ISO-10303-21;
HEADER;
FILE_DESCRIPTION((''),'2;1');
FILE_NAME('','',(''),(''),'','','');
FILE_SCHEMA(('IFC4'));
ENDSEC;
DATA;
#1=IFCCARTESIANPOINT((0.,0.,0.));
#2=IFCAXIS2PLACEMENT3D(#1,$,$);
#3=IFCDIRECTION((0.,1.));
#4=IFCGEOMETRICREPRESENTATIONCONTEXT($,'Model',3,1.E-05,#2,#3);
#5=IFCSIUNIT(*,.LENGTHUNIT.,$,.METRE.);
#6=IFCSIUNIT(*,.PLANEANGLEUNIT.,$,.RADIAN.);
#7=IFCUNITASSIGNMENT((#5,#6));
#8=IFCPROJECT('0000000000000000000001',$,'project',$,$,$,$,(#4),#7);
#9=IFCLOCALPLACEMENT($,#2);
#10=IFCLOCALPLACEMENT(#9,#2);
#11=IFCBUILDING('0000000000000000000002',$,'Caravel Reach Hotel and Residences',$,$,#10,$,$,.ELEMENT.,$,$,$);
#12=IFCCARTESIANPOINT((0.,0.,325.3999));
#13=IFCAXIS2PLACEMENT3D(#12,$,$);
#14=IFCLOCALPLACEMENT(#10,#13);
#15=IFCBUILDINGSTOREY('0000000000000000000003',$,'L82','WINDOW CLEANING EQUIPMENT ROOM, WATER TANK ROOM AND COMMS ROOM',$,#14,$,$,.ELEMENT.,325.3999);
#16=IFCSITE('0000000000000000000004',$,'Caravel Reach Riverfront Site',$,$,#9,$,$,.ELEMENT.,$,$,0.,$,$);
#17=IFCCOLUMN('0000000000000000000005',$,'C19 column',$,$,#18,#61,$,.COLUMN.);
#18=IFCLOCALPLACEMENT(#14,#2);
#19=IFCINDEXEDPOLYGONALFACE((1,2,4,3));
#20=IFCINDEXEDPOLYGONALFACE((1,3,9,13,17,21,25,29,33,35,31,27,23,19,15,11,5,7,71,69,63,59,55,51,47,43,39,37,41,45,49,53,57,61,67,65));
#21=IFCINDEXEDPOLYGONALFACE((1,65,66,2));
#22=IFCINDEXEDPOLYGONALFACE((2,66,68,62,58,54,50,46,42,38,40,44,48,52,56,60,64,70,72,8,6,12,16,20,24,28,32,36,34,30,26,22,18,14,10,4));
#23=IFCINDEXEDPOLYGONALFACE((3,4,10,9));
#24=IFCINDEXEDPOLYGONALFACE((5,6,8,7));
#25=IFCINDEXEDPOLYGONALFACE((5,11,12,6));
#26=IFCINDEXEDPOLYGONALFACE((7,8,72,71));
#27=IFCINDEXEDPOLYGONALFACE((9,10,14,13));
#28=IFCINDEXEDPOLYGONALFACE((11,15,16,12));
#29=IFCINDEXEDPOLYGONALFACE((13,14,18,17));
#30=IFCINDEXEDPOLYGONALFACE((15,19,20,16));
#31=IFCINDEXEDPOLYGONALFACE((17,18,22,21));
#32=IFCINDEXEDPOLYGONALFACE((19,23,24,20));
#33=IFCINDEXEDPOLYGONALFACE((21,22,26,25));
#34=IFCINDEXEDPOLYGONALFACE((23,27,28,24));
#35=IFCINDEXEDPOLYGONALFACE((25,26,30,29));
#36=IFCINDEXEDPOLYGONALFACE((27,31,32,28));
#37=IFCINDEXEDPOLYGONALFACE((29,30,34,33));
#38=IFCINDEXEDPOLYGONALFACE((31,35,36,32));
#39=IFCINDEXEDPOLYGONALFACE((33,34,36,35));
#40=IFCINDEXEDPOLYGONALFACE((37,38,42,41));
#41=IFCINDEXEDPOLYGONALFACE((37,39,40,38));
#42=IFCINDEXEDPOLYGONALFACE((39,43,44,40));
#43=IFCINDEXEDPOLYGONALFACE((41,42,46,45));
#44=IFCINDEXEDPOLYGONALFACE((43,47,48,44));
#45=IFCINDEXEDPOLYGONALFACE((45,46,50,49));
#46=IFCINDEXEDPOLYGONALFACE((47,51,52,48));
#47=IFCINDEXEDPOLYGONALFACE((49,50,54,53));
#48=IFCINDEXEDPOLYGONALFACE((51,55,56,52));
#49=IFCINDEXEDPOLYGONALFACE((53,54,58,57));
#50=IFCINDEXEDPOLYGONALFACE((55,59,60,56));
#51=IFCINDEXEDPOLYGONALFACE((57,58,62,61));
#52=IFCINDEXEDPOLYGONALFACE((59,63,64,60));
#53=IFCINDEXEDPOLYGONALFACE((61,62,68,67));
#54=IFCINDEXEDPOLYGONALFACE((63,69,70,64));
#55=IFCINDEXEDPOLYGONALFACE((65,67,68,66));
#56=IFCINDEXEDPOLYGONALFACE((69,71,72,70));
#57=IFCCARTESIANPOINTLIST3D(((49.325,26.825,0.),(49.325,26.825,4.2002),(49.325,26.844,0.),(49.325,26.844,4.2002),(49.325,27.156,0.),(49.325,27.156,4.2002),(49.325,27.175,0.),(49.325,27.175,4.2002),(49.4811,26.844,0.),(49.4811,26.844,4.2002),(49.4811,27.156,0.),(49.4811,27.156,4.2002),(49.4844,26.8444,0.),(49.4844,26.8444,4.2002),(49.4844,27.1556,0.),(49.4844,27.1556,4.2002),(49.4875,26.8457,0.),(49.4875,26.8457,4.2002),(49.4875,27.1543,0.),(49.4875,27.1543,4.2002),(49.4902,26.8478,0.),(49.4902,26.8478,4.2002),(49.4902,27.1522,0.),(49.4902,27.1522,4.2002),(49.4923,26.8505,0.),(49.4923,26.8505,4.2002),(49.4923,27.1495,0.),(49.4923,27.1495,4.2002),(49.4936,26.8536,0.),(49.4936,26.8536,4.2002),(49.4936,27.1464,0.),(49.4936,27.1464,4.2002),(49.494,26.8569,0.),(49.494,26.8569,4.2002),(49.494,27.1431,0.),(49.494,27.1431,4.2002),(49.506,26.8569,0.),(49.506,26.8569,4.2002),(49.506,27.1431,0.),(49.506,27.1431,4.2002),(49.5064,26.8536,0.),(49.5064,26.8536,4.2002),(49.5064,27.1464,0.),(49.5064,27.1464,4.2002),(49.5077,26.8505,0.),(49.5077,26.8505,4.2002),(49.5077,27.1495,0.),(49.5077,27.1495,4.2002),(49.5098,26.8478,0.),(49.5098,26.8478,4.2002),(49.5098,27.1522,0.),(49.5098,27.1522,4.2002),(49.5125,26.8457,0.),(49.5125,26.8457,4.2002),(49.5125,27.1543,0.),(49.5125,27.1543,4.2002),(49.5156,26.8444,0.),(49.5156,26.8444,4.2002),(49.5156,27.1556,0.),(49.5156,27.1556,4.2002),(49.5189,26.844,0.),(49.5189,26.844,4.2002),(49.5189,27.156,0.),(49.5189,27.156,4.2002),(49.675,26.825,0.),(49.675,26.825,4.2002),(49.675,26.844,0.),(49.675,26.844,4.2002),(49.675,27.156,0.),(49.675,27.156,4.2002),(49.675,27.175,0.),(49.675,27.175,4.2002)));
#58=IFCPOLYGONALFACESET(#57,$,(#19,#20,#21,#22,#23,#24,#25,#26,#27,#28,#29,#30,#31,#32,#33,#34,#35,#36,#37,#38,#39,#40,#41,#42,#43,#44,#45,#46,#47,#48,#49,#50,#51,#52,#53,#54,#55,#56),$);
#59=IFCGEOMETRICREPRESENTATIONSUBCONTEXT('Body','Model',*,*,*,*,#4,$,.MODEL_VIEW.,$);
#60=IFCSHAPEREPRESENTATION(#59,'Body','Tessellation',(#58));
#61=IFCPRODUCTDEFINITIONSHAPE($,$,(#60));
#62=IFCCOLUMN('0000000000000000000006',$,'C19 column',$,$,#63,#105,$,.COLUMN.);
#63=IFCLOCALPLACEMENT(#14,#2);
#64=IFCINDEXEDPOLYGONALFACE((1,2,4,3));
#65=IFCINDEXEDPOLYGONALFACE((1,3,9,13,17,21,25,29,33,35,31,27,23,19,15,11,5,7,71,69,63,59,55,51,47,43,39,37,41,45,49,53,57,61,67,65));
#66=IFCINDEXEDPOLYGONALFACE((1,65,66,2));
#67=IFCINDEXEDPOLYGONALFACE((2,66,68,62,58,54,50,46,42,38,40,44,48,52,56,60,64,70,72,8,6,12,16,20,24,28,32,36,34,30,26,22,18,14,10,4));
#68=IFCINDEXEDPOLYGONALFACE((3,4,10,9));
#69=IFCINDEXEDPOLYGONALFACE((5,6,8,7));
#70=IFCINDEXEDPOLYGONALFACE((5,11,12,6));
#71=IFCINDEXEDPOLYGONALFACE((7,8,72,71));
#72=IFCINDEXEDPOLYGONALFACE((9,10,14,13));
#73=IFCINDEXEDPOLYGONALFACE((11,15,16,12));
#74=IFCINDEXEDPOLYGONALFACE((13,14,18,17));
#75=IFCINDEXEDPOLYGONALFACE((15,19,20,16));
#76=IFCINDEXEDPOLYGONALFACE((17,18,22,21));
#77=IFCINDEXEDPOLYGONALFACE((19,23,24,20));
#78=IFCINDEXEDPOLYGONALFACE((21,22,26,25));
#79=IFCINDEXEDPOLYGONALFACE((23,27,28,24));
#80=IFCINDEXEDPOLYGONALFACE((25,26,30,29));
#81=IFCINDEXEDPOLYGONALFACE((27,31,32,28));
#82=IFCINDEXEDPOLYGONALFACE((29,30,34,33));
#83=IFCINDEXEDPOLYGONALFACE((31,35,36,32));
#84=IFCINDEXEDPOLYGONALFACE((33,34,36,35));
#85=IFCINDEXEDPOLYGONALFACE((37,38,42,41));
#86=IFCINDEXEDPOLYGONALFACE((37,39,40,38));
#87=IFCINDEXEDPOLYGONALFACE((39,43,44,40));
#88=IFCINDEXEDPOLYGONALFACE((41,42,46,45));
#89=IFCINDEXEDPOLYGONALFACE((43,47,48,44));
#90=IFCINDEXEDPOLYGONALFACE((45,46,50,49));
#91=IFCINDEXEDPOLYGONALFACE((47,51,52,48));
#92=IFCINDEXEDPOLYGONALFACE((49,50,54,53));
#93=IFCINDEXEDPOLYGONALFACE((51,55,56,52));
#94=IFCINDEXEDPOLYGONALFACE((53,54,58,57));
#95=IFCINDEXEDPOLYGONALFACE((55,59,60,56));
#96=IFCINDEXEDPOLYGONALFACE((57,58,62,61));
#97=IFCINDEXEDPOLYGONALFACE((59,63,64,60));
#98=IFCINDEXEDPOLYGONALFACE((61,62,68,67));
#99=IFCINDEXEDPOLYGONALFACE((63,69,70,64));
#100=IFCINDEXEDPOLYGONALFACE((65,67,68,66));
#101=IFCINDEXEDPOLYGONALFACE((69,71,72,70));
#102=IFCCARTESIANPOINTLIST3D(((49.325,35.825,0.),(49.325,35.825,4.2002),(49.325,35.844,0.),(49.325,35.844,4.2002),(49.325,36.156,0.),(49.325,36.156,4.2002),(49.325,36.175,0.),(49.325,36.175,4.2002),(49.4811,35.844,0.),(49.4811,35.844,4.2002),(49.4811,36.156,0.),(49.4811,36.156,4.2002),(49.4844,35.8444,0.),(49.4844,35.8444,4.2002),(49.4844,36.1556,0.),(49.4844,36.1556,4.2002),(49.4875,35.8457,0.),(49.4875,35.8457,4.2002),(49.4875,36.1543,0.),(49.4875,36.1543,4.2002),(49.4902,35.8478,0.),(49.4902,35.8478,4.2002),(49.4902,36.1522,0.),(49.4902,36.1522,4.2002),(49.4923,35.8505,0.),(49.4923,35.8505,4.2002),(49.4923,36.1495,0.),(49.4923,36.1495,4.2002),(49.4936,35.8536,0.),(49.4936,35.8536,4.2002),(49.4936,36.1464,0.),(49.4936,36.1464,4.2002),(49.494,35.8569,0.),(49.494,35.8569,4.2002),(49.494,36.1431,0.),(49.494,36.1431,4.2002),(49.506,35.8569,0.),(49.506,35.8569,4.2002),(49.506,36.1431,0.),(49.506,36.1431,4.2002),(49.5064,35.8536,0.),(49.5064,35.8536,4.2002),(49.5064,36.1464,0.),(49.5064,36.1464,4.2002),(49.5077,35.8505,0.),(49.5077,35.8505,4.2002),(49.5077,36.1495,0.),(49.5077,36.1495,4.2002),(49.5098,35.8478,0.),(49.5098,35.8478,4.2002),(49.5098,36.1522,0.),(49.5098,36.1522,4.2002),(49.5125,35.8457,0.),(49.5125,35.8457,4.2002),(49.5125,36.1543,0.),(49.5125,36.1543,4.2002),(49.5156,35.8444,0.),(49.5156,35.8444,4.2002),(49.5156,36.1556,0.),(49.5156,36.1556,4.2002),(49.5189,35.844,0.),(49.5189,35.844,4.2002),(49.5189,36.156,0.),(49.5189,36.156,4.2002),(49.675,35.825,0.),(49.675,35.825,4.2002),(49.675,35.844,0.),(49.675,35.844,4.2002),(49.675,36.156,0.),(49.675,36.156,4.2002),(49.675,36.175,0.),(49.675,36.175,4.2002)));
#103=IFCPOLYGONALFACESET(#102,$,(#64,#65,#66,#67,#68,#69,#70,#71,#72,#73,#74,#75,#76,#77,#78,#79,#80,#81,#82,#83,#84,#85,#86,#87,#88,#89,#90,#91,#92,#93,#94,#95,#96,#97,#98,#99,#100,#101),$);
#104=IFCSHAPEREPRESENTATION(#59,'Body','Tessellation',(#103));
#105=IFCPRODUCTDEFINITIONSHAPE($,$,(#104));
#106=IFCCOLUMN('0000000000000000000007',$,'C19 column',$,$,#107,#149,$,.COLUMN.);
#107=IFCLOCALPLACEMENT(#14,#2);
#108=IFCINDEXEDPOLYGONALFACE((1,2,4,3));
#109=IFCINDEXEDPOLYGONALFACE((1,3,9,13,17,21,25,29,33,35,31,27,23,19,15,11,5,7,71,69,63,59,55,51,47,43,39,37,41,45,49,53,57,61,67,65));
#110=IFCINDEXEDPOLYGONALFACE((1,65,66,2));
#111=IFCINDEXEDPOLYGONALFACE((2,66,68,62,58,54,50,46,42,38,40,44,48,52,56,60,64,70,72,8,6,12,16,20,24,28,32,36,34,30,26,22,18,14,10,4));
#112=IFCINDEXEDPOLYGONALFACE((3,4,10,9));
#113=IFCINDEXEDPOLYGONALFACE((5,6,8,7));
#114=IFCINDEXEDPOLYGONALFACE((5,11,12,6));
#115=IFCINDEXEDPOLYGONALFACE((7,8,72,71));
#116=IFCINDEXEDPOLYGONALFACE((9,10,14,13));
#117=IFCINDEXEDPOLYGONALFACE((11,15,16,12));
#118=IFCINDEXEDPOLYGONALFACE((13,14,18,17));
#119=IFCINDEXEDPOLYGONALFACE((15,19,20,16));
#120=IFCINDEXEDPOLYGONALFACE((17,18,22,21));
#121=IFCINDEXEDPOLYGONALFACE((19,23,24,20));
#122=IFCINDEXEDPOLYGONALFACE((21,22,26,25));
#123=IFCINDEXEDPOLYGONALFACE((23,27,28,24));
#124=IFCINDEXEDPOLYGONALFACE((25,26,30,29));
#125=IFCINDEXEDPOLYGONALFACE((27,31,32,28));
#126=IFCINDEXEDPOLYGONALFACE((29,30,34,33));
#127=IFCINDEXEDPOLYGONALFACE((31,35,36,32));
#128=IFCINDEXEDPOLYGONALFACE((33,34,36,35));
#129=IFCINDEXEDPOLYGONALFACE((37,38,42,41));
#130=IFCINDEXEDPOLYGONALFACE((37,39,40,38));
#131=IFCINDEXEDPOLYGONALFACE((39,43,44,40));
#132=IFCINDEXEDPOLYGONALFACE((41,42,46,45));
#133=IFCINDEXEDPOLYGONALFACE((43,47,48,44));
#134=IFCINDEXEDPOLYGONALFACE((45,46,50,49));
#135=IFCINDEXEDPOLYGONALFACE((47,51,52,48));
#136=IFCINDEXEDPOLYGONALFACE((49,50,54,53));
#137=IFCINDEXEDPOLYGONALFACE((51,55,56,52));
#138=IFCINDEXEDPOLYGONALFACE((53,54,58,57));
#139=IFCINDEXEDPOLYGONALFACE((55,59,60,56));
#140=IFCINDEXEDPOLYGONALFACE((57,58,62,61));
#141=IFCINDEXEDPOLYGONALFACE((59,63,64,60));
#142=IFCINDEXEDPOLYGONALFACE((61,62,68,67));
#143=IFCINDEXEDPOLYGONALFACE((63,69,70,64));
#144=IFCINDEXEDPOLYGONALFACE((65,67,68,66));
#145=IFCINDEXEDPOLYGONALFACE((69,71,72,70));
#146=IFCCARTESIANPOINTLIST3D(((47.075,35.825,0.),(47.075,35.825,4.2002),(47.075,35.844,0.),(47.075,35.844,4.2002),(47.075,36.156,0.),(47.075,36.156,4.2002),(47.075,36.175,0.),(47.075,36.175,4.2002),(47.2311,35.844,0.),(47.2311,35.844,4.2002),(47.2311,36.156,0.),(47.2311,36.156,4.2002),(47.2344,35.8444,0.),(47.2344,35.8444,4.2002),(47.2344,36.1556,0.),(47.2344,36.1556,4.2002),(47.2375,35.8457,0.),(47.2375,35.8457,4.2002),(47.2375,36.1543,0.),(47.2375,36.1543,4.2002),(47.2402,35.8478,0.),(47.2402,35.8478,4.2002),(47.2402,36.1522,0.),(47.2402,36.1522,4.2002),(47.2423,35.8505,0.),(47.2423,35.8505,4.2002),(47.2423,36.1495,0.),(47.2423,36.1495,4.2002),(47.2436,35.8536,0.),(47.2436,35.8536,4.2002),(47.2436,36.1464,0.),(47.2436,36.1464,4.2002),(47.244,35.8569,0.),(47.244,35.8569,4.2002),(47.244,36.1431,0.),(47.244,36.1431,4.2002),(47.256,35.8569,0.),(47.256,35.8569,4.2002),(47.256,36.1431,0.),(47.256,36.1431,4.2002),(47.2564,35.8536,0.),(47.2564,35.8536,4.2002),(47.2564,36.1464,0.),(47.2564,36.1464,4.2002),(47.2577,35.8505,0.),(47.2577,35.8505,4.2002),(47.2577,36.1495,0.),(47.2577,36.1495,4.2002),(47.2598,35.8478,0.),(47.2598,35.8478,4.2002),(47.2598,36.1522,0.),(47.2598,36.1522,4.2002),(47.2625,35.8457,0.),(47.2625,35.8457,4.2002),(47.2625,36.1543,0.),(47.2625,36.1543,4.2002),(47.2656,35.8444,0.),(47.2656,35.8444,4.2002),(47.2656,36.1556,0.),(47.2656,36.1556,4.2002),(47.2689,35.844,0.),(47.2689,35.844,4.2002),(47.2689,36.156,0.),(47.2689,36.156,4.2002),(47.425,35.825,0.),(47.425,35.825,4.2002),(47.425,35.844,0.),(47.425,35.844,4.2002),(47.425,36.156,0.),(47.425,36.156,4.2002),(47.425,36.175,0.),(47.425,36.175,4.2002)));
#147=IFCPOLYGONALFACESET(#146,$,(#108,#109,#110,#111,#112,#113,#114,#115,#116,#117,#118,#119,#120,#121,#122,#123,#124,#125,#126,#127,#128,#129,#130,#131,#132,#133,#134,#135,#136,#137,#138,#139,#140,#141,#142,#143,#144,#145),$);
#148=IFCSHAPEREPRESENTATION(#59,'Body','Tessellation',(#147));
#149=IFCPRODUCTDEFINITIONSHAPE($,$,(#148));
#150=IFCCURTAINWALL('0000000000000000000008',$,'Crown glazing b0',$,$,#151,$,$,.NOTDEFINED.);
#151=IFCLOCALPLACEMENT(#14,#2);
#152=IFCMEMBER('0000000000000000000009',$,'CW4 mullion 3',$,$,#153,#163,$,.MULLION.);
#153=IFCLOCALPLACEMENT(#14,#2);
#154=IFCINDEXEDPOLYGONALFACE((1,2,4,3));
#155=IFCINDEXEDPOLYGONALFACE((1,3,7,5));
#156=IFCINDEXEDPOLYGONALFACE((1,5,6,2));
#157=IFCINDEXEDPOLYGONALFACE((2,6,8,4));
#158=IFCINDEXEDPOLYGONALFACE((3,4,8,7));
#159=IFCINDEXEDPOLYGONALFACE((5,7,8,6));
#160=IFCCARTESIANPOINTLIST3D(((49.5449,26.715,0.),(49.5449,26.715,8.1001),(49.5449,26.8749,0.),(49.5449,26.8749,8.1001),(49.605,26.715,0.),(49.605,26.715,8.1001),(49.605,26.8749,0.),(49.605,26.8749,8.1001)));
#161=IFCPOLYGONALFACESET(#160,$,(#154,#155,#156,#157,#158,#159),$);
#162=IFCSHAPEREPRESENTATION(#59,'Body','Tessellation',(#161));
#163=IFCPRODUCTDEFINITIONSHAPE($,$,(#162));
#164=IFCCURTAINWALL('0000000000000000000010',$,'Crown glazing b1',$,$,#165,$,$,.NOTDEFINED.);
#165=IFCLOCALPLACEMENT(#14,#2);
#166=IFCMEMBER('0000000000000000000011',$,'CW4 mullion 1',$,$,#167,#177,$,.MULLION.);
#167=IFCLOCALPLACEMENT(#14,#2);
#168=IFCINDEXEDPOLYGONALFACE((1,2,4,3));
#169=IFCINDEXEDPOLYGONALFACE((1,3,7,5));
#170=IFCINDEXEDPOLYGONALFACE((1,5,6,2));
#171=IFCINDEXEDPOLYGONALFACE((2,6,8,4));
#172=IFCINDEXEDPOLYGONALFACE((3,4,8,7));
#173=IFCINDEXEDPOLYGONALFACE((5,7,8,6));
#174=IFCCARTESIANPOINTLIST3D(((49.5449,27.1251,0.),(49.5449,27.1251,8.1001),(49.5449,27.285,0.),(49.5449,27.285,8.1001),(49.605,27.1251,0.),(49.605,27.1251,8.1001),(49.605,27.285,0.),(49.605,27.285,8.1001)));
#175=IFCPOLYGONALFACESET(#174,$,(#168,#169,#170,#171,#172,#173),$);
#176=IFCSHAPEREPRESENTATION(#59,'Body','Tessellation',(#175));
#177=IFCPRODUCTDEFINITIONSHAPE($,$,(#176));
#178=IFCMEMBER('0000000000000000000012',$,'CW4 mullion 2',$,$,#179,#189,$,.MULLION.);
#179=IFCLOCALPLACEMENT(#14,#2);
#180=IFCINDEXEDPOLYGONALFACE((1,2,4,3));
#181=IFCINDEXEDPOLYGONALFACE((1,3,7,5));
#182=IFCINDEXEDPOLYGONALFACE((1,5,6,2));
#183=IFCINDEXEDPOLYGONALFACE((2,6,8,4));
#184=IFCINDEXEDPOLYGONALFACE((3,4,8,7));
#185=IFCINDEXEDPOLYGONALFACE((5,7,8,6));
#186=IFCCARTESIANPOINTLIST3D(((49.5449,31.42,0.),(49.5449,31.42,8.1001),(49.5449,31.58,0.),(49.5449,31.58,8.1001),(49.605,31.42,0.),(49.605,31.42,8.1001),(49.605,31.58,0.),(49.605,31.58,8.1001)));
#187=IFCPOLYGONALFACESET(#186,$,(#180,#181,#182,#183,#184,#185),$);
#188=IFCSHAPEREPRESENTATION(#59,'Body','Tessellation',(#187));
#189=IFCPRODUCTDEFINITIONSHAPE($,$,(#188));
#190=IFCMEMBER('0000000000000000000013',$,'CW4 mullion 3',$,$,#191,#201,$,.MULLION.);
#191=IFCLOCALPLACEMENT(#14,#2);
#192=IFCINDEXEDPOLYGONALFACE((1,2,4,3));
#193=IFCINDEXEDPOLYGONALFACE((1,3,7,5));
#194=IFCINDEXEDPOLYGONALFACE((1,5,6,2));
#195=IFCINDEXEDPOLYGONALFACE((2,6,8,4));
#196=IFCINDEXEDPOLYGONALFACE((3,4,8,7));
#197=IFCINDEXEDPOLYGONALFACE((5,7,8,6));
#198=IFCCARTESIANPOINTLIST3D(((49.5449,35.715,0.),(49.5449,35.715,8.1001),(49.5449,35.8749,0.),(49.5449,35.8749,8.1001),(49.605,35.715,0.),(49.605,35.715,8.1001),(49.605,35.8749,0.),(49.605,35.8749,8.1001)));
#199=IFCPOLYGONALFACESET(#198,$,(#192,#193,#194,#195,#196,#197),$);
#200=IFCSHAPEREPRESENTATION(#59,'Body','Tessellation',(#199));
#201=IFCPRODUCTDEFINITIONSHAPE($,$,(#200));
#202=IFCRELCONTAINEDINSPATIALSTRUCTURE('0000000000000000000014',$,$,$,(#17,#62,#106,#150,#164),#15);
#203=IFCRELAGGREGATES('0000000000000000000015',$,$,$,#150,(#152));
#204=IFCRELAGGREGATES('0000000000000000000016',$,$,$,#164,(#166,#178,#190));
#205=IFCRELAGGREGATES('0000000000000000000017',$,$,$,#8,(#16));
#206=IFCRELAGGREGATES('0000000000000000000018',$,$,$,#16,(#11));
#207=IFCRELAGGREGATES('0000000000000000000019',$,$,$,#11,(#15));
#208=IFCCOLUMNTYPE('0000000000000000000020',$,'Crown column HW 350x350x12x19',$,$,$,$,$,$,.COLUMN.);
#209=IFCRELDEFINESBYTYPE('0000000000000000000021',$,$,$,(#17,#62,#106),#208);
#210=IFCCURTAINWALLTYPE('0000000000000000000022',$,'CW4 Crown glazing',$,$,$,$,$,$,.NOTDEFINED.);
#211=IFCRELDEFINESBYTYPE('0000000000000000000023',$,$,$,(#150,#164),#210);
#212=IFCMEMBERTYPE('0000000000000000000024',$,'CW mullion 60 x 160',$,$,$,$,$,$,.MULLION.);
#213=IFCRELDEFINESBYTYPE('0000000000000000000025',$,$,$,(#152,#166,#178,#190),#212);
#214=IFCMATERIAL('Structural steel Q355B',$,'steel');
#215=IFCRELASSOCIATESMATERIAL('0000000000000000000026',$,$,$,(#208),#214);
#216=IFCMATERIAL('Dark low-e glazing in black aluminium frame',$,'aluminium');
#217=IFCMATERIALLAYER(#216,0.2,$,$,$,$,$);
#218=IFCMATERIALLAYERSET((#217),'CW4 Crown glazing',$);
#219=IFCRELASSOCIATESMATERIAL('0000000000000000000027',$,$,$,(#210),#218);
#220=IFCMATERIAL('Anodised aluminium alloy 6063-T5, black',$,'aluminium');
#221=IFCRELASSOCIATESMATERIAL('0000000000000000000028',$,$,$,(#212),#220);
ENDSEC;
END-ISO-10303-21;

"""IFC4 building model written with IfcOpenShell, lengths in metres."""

from ifc_helpers import new_model, si_unit, direction, frame, origin, origin_2d, place, context, subcontext, project, spatial, rectangle, i_section, extrude, material, layer, layer_set, material_profile, profile_set, type_object, element, aggregate, save


model = new_model("IFC4")

# Units and contexts
model_context = context("Model", 3, precision=1e-05, world=origin(), true_north=direction((0.0, 1.0)))
body_context = subcontext(model_context, "Body", "Model", "MODEL_VIEW")
ifc_project = project(units=[si_unit("LENGTHUNIT", "METRE"), si_unit("PLANEANGLEUNIT", "RADIAN")], contexts=[model_context])

# Site, building, storey
site_placement = place(None, origin())
site = spatial("IfcSite", under=ifc_project, at=site_placement, Name="Caravel Reach Riverfront Site", CompositionType="ELEMENT", RefElevation=0.0)
building_placement = place(site_placement, origin())
building = spatial("IfcBuilding", under=site, at=building_placement, Name="Caravel Reach Hotel and Residences", CompositionType="ELEMENT")
storey_placement = place(building_placement, frame((0.0, 0.0, 325.3999)))
storey = spatial("IfcBuildingStorey", under=building, at=storey_placement, Name="L82", Description="WINDOW CLEANING EQUIPMENT ROOM, WATER TANK ROOM AND COMMS ROOM", CompositionType="ELEMENT", Elevation=325.3999)

# Columns
ifc_material_1 = material(Name="Structural steel Q355B", Category="steel")
ifc_material_profile_1 = material_profile(ifc_material_1, i_section(OverallWidth=0.3501, OverallDepth=0.3501, WebThickness=0.012, FlangeThickness=0.019, FilletRadius=0.0129, at=origin_2d()), Name="HW 350x350x12x19")
ifc_profile_set_1 = profile_set([ifc_material_profile_1], Name="Structural steel Q355B")
column_type = type_object("IfcColumnType", Name="Crown column HW 350x350x12x19", PredefinedType="COLUMN", material=ifc_profile_set_1)
for number, where, z_axis, x_axis, name in (
    (1, (49.5, 27.0, 0.0), (0.0, 0.0, 1.0), (1.0, 0.0, 0.0), "C19 column"),
    (2, (49.5, 36.0, 0.0), (0.0, 0.0, 1.0), (1.0, 0.0, 0.0), "C19 column"),
    (3, (47.25, 36.0, 0.0), (0.0, 0.0, 1.0), (1.0, 0.0, 0.0), "C19 column"),
):
    element("IfcColumn", number, at=place(storey_placement, frame(where, z_axis=z_axis, x_axis=x_axis)), inside=storey, type_object=column_type, Name=name, PredefinedType="COLUMN", context=body_context, shape_type="SweptSolid", body=[
        extrude(i_section(OverallWidth=0.3501, OverallDepth=0.3501, WebThickness=0.012, FlangeThickness=0.019, FilletRadius=0.0129, at=origin_2d()), origin(), (0.0, 0.0, 1.0), 4.2002),
    ])

# Curtain wall, member
ifc_material_2 = material(Name="Dark low-e glazing in black aluminium frame", Category="aluminium")
ifc_layer_1 = layer(ifc_material_2, 0.2)
ifc_layer_set_1 = layer_set([ifc_layer_1], Name="CW4 Crown glazing")
curtain_wall_type = type_object("IfcCurtainWallType", Name="CW4 Crown glazing", PredefinedType="NOTDEFINED", material=ifc_layer_set_1)
curtain_wall_1_placement = place(storey_placement, origin())
curtain_wall_1 = element("IfcCurtainWall", 4, at=curtain_wall_1_placement, inside=storey, type_object=curtain_wall_type, Name="Crown glazing b0", PredefinedType="NOTDEFINED")
ifc_material_3 = material(Name="Anodised aluminium alloy 6063-T5, black", Category="aluminium")
ifc_material_profile_2 = material_profile(ifc_material_3, rectangle(XDim=0.0601, YDim=0.1599, at=origin_2d()), Name="CW mullion 60 x 160")
ifc_profile_set_2 = profile_set([ifc_material_profile_2], Name="Anodised aluminium alloy 6063-T5, black")
member_type_1 = type_object("IfcMemberType", Name="CW mullion 60 x 160", PredefinedType="MULLION", material=ifc_profile_set_2)
member_1_placement = place(storey_placement, frame((49.575, 26.7949, 0.0), z_axis=(0.0, 0.0, 1.0), x_axis=(-1.0, 0.0, 0.0)))
member_1 = element("IfcMember", 5, at=member_1_placement, type_object=member_type_1, Name="CW4 mullion 3", PredefinedType="MULLION", context=body_context, shape_type="SweptSolid", body=[
    extrude(rectangle(XDim=0.0601, YDim=0.1599, at=origin_2d()), origin(), (0.0, 0.0, 1.0), 8.1001),
])
aggregate(curtain_wall_1, [member_1])

# Curtain wall, members
curtain_wall_2_placement = place(storey_placement, origin())
curtain_wall_2 = element("IfcCurtainWall", 6, at=curtain_wall_2_placement, inside=storey, type_object=curtain_wall_type, Name="Crown glazing b1", PredefinedType="NOTDEFINED")
member_2_placement = place(storey_placement, frame((49.575, 27.2051, 0.0), z_axis=(0.0, 0.0, 1.0), x_axis=(-1.0, 0.0, 0.0)))
member_2 = element("IfcMember", 7, at=member_2_placement, type_object=member_type_1, Name="CW4 mullion 1", PredefinedType="MULLION", context=body_context, shape_type="SweptSolid", body=[
    extrude(rectangle(XDim=0.0601, YDim=0.1599, at=origin_2d()), origin(), (0.0, 0.0, 1.0), 8.1001),
])
member_3_placement = place(storey_placement, frame((49.575, 31.5, 0.0), z_axis=(0.0, 0.0, 1.0), x_axis=(-1.0, 0.0, 0.0)))
member_3 = element("IfcMember", 8, at=member_3_placement, type_object=member_type_1, Name="CW4 mullion 2", PredefinedType="MULLION", context=body_context, shape_type="SweptSolid", body=[
    extrude(rectangle(XDim=0.0601, YDim=0.1599, at=origin_2d()), origin(), (0.0, 0.0, 1.0), 8.1001),
])
member_4_placement = place(storey_placement, frame((49.575, 35.7949, 0.0), z_axis=(0.0, 0.0, 1.0), x_axis=(-1.0, 0.0, 0.0)))
member_4 = element("IfcMember", 9, at=member_4_placement, type_object=member_type_1, Name="CW4 mullion 3", PredefinedType="MULLION", context=body_context, shape_type="SweptSolid", body=[
    extrude(rectangle(XDim=0.0601, YDim=0.1599, at=origin_2d()), origin(), (0.0, 0.0, 1.0), 8.1001),
])

aggregate(curtain_wall_2, [member_2, member_3, member_4])

save(model, "model.ifc")
